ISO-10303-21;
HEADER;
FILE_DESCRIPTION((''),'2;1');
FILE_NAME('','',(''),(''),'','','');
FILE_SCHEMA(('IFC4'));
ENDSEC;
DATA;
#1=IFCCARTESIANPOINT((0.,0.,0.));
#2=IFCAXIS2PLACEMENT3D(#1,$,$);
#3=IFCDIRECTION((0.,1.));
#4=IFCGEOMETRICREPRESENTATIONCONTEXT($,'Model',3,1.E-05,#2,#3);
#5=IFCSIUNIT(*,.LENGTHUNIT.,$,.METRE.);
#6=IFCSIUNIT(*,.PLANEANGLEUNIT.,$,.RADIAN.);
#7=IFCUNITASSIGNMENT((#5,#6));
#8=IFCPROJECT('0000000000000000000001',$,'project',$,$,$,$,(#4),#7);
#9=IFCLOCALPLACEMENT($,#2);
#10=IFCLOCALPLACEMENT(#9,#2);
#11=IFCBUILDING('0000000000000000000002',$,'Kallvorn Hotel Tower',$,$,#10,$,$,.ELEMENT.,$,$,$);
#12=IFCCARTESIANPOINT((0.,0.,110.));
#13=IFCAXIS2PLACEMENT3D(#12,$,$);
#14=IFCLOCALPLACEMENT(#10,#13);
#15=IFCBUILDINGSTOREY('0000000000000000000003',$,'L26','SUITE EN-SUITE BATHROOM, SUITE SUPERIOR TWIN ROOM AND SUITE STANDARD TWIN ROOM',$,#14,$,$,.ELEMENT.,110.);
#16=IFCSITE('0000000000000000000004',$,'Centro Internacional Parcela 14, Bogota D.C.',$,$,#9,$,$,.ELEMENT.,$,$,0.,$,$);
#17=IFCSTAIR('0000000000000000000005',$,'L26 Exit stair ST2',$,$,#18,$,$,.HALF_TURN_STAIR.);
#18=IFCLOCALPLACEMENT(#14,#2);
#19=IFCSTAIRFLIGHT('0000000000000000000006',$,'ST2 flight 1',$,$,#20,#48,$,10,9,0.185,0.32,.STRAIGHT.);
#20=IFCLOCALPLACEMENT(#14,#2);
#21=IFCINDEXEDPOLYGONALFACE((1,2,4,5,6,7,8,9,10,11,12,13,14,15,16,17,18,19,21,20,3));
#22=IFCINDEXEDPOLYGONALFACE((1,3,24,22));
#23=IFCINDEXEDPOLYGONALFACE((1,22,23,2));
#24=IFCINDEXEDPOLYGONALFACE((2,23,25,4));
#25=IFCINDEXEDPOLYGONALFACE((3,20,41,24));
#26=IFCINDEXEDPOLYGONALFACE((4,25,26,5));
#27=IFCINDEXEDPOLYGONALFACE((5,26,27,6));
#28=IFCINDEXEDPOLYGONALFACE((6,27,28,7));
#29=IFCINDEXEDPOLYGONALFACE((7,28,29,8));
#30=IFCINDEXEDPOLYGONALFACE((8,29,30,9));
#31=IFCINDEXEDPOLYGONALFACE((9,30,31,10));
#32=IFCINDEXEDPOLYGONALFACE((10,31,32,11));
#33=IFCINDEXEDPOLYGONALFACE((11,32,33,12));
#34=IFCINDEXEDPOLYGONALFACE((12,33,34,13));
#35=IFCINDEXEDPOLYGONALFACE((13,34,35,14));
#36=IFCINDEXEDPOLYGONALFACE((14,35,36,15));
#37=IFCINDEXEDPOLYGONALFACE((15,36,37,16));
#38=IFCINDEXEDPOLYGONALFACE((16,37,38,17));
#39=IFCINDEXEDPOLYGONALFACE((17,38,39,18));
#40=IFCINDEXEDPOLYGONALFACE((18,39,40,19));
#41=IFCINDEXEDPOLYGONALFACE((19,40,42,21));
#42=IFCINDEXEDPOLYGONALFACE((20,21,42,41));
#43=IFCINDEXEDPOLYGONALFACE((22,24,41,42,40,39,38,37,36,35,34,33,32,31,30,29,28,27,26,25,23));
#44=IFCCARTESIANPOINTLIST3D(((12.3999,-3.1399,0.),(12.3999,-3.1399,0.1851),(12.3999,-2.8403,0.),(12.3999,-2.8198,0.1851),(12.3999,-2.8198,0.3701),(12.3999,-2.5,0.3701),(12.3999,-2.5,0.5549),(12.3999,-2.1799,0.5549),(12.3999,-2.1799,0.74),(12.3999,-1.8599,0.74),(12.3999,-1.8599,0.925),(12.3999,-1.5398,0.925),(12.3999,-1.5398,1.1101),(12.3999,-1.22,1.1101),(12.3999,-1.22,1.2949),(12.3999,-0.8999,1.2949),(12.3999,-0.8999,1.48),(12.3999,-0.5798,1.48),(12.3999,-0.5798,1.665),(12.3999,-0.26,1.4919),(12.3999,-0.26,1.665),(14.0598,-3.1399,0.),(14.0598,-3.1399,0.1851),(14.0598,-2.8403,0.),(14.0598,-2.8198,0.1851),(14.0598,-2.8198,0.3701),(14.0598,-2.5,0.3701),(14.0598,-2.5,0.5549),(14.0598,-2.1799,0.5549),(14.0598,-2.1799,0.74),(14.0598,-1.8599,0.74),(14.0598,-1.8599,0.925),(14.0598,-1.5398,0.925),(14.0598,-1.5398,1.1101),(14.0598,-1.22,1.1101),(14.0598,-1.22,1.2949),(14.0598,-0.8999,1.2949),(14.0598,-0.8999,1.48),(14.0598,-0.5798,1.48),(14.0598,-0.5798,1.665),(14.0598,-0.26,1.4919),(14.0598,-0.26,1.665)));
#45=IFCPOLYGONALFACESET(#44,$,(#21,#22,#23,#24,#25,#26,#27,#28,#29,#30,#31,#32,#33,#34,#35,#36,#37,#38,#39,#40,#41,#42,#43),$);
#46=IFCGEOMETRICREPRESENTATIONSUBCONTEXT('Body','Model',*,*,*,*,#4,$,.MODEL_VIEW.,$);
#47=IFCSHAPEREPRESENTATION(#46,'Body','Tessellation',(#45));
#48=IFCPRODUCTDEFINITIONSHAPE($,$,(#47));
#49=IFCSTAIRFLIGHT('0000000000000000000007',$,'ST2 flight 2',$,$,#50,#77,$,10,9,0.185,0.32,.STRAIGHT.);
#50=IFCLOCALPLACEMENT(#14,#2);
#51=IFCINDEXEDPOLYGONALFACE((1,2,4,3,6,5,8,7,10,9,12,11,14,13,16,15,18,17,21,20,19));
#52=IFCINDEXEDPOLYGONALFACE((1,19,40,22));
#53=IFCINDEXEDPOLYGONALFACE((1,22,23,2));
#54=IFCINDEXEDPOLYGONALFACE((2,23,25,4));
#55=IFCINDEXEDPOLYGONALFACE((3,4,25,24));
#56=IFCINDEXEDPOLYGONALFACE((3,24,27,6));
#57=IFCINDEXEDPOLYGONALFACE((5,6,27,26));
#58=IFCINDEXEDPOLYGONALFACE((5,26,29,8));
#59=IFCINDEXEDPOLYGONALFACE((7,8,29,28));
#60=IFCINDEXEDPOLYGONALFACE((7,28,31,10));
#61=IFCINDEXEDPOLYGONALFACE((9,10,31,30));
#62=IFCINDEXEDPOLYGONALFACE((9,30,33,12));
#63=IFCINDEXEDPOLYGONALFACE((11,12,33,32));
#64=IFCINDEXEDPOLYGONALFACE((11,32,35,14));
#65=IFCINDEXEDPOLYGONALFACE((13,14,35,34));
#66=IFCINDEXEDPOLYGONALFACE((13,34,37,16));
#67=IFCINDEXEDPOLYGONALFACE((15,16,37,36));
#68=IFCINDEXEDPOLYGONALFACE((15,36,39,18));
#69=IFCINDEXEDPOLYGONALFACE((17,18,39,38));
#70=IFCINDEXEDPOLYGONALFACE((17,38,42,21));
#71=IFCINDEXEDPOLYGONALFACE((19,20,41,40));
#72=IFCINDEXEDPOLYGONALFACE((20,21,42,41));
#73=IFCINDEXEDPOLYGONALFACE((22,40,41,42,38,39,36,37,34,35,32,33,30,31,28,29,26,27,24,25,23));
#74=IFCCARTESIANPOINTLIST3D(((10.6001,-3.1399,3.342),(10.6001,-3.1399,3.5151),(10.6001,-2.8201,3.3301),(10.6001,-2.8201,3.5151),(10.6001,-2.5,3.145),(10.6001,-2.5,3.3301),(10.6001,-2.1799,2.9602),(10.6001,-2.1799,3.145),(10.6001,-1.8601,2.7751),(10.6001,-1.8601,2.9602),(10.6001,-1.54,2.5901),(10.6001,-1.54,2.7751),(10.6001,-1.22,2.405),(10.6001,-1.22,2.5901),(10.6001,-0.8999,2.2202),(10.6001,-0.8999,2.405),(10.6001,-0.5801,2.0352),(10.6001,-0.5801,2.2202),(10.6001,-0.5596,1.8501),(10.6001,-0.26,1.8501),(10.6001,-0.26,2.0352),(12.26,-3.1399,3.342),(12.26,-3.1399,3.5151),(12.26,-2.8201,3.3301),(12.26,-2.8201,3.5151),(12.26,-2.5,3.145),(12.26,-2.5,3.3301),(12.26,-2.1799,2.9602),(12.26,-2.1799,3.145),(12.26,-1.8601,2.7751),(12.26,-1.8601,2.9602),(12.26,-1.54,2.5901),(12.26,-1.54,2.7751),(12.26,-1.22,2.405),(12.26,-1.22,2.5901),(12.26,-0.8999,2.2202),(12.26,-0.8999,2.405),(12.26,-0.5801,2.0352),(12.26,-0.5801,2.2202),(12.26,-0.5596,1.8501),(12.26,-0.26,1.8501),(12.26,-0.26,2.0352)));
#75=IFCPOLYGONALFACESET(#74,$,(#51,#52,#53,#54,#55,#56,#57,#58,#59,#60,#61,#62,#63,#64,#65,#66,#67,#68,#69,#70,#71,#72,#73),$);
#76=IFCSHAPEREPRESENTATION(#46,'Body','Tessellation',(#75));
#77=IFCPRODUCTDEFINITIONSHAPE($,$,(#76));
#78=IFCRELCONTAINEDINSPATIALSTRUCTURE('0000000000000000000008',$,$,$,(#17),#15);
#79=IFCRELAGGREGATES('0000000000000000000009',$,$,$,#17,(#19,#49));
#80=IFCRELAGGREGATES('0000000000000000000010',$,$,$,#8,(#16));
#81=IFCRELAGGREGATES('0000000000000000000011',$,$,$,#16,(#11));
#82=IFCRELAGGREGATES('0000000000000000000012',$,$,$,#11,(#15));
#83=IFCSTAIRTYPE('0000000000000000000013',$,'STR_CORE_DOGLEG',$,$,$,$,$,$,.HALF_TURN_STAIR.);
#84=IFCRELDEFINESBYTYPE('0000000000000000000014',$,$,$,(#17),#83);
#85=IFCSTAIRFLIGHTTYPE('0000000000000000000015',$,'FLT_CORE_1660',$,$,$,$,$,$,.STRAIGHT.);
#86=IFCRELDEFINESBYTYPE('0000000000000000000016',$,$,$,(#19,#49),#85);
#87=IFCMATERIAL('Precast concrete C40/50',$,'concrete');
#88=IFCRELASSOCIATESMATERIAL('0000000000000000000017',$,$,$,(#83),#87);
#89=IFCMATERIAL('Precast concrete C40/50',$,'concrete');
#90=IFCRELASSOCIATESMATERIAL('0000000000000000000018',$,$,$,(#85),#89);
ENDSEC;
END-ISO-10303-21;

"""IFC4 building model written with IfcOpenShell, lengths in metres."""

from ifc_helpers import new_model, si_unit, direction, frame, origin, place, context, subcontext, project, spatial, polyline, outline, extrude, material, type_object, element, aggregate, save


model = new_model("IFC4")

# Units and contexts
model_context = context("Model", 3, precision=1e-05, world=origin(), true_north=direction((0.0, 1.0)))
body_context = subcontext(model_context, "Body", "Model", "MODEL_VIEW")
ifc_project = project(units=[si_unit("LENGTHUNIT", "METRE"), si_unit("PLANEANGLEUNIT", "RADIAN")], contexts=[model_context])

# Site, building, storey
site_placement = place(None, origin())
site = spatial("IfcSite", under=ifc_project, at=site_placement, Name="Centro Internacional Parcela 14, Bogota D.C.", CompositionType="ELEMENT", RefElevation=0.0)
building_placement = place(site_placement, origin())
building = spatial("IfcBuilding", under=site, at=building_placement, Name="Kallvorn Hotel Tower", CompositionType="ELEMENT")
storey_placement = place(building_placement, frame((0.0, 0.0, 110.0)))
storey = spatial("IfcBuildingStorey", under=building, at=storey_placement, Name="L26", Description="SUITE EN-SUITE BATHROOM, SUITE SUPERIOR TWIN ROOM AND SUITE STANDARD TWIN ROOM", CompositionType="ELEMENT", Elevation=110.0)

# Stair, stair flights
ifc_material_1 = material(Name="Precast concrete C40/50", Category="concrete")
stair_type = type_object("IfcStairType", Name="STR_CORE_DOGLEG", PredefinedType="HALF_TURN_STAIR", material=ifc_material_1)
stair_placement = place(storey_placement, origin())
stair = element("IfcStair", 1, at=stair_placement, inside=storey, type_object=stair_type, Name="L26 Exit stair ST2", PredefinedType="HALF_TURN_STAIR")
ifc_material_2 = material(Name="Precast concrete C40/50", Category="concrete")
stair_flight_type = type_object("IfcStairFlightType", Name="FLT_CORE_1660", PredefinedType="STRAIGHT", material=ifc_material_2)
stair_flight_1_placement = place(storey_placement, frame((13.23, -3.1399, 0.0), z_axis=(0.0, 0.0, 1.0), x_axis=(0.0, 1.0, 0.0)))
stair_flight_1 = element("IfcStairFlight", 2, at=stair_flight_1_placement, type_object=stair_flight_type, Name="ST2 flight 1", NumberOfRisers=10, NumberOfTreads=9, PredefinedType="STRAIGHT", RiserHeight=0.185, TreadLength=0.32, context=body_context, shape_type="SweptSolid", body=[
    extrude(outline(polyline([(0.0, 0.0), (0.0, 0.1851), (0.3201, 0.1851), (0.3201, 0.3701), (0.6399, 0.3701), (0.6399, 0.5549), (0.96, 0.5549), (0.96, 0.74), (1.28, 0.74), (1.28, 0.925), (1.6001, 0.925), (1.6001, 1.1101), (1.9199, 1.1101), (1.9199, 1.2949), (2.24, 1.2949), (2.24, 1.48), (2.5601, 1.48), (2.5601, 1.665), (2.8799, 1.665), (2.8799, 1.8501), (2.8799, 1.4919), (0.2996, 0.0), (0.0, 0.0)])), frame((0.0, 0.8301, 0.0), z_axis=(0.0, -1.0, 0.0), x_axis=(1.0, 0.0, 0.0)), (0.0, 0.0, 1.0), 1.6599),
])
stair_flight_2_placement = place(storey_placement, frame((11.4299, -0.26, 1.8501), z_axis=(0.0, 0.0, 1.0), x_axis=(0.0, -1.0, 0.0)))
stair_flight_2 = element("IfcStairFlight", 3, at=stair_flight_2_placement, type_object=stair_flight_type, Name="ST2 flight 2", NumberOfRisers=10, NumberOfTreads=9, PredefinedType="STRAIGHT", RiserHeight=0.185, TreadLength=0.32, context=body_context, shape_type="SweptSolid", body=[
    extrude(outline(polyline([(0.0, 0.0), (0.0, 0.1851), (0.3201, 0.1851), (0.3201, 0.3701), (0.6399, 0.3701), (0.6399, 0.5549), (0.96, 0.5549), (0.96, 0.74), (1.28, 0.74), (1.28, 0.925), (1.6001, 0.925), (1.6001, 1.1101), (1.9199, 1.1101), (1.9199, 1.2949), (2.24, 1.2949), (2.24, 1.48), (2.5601, 1.48), (2.5601, 1.665), (2.8799, 1.665), (2.8799, 1.8501), (2.8799, 1.4919), (0.2996, 0.0), (0.0, 0.0)])), frame((0.0, 0.8301, 0.0), z_axis=(0.0, -1.0, 0.0), x_axis=(1.0, 0.0, 0.0)), (0.0, 0.0, 1.0), 1.6599),
])
aggregate(stair, [stair_flight_1, stair_flight_2])

save(model, "model.ifc")
